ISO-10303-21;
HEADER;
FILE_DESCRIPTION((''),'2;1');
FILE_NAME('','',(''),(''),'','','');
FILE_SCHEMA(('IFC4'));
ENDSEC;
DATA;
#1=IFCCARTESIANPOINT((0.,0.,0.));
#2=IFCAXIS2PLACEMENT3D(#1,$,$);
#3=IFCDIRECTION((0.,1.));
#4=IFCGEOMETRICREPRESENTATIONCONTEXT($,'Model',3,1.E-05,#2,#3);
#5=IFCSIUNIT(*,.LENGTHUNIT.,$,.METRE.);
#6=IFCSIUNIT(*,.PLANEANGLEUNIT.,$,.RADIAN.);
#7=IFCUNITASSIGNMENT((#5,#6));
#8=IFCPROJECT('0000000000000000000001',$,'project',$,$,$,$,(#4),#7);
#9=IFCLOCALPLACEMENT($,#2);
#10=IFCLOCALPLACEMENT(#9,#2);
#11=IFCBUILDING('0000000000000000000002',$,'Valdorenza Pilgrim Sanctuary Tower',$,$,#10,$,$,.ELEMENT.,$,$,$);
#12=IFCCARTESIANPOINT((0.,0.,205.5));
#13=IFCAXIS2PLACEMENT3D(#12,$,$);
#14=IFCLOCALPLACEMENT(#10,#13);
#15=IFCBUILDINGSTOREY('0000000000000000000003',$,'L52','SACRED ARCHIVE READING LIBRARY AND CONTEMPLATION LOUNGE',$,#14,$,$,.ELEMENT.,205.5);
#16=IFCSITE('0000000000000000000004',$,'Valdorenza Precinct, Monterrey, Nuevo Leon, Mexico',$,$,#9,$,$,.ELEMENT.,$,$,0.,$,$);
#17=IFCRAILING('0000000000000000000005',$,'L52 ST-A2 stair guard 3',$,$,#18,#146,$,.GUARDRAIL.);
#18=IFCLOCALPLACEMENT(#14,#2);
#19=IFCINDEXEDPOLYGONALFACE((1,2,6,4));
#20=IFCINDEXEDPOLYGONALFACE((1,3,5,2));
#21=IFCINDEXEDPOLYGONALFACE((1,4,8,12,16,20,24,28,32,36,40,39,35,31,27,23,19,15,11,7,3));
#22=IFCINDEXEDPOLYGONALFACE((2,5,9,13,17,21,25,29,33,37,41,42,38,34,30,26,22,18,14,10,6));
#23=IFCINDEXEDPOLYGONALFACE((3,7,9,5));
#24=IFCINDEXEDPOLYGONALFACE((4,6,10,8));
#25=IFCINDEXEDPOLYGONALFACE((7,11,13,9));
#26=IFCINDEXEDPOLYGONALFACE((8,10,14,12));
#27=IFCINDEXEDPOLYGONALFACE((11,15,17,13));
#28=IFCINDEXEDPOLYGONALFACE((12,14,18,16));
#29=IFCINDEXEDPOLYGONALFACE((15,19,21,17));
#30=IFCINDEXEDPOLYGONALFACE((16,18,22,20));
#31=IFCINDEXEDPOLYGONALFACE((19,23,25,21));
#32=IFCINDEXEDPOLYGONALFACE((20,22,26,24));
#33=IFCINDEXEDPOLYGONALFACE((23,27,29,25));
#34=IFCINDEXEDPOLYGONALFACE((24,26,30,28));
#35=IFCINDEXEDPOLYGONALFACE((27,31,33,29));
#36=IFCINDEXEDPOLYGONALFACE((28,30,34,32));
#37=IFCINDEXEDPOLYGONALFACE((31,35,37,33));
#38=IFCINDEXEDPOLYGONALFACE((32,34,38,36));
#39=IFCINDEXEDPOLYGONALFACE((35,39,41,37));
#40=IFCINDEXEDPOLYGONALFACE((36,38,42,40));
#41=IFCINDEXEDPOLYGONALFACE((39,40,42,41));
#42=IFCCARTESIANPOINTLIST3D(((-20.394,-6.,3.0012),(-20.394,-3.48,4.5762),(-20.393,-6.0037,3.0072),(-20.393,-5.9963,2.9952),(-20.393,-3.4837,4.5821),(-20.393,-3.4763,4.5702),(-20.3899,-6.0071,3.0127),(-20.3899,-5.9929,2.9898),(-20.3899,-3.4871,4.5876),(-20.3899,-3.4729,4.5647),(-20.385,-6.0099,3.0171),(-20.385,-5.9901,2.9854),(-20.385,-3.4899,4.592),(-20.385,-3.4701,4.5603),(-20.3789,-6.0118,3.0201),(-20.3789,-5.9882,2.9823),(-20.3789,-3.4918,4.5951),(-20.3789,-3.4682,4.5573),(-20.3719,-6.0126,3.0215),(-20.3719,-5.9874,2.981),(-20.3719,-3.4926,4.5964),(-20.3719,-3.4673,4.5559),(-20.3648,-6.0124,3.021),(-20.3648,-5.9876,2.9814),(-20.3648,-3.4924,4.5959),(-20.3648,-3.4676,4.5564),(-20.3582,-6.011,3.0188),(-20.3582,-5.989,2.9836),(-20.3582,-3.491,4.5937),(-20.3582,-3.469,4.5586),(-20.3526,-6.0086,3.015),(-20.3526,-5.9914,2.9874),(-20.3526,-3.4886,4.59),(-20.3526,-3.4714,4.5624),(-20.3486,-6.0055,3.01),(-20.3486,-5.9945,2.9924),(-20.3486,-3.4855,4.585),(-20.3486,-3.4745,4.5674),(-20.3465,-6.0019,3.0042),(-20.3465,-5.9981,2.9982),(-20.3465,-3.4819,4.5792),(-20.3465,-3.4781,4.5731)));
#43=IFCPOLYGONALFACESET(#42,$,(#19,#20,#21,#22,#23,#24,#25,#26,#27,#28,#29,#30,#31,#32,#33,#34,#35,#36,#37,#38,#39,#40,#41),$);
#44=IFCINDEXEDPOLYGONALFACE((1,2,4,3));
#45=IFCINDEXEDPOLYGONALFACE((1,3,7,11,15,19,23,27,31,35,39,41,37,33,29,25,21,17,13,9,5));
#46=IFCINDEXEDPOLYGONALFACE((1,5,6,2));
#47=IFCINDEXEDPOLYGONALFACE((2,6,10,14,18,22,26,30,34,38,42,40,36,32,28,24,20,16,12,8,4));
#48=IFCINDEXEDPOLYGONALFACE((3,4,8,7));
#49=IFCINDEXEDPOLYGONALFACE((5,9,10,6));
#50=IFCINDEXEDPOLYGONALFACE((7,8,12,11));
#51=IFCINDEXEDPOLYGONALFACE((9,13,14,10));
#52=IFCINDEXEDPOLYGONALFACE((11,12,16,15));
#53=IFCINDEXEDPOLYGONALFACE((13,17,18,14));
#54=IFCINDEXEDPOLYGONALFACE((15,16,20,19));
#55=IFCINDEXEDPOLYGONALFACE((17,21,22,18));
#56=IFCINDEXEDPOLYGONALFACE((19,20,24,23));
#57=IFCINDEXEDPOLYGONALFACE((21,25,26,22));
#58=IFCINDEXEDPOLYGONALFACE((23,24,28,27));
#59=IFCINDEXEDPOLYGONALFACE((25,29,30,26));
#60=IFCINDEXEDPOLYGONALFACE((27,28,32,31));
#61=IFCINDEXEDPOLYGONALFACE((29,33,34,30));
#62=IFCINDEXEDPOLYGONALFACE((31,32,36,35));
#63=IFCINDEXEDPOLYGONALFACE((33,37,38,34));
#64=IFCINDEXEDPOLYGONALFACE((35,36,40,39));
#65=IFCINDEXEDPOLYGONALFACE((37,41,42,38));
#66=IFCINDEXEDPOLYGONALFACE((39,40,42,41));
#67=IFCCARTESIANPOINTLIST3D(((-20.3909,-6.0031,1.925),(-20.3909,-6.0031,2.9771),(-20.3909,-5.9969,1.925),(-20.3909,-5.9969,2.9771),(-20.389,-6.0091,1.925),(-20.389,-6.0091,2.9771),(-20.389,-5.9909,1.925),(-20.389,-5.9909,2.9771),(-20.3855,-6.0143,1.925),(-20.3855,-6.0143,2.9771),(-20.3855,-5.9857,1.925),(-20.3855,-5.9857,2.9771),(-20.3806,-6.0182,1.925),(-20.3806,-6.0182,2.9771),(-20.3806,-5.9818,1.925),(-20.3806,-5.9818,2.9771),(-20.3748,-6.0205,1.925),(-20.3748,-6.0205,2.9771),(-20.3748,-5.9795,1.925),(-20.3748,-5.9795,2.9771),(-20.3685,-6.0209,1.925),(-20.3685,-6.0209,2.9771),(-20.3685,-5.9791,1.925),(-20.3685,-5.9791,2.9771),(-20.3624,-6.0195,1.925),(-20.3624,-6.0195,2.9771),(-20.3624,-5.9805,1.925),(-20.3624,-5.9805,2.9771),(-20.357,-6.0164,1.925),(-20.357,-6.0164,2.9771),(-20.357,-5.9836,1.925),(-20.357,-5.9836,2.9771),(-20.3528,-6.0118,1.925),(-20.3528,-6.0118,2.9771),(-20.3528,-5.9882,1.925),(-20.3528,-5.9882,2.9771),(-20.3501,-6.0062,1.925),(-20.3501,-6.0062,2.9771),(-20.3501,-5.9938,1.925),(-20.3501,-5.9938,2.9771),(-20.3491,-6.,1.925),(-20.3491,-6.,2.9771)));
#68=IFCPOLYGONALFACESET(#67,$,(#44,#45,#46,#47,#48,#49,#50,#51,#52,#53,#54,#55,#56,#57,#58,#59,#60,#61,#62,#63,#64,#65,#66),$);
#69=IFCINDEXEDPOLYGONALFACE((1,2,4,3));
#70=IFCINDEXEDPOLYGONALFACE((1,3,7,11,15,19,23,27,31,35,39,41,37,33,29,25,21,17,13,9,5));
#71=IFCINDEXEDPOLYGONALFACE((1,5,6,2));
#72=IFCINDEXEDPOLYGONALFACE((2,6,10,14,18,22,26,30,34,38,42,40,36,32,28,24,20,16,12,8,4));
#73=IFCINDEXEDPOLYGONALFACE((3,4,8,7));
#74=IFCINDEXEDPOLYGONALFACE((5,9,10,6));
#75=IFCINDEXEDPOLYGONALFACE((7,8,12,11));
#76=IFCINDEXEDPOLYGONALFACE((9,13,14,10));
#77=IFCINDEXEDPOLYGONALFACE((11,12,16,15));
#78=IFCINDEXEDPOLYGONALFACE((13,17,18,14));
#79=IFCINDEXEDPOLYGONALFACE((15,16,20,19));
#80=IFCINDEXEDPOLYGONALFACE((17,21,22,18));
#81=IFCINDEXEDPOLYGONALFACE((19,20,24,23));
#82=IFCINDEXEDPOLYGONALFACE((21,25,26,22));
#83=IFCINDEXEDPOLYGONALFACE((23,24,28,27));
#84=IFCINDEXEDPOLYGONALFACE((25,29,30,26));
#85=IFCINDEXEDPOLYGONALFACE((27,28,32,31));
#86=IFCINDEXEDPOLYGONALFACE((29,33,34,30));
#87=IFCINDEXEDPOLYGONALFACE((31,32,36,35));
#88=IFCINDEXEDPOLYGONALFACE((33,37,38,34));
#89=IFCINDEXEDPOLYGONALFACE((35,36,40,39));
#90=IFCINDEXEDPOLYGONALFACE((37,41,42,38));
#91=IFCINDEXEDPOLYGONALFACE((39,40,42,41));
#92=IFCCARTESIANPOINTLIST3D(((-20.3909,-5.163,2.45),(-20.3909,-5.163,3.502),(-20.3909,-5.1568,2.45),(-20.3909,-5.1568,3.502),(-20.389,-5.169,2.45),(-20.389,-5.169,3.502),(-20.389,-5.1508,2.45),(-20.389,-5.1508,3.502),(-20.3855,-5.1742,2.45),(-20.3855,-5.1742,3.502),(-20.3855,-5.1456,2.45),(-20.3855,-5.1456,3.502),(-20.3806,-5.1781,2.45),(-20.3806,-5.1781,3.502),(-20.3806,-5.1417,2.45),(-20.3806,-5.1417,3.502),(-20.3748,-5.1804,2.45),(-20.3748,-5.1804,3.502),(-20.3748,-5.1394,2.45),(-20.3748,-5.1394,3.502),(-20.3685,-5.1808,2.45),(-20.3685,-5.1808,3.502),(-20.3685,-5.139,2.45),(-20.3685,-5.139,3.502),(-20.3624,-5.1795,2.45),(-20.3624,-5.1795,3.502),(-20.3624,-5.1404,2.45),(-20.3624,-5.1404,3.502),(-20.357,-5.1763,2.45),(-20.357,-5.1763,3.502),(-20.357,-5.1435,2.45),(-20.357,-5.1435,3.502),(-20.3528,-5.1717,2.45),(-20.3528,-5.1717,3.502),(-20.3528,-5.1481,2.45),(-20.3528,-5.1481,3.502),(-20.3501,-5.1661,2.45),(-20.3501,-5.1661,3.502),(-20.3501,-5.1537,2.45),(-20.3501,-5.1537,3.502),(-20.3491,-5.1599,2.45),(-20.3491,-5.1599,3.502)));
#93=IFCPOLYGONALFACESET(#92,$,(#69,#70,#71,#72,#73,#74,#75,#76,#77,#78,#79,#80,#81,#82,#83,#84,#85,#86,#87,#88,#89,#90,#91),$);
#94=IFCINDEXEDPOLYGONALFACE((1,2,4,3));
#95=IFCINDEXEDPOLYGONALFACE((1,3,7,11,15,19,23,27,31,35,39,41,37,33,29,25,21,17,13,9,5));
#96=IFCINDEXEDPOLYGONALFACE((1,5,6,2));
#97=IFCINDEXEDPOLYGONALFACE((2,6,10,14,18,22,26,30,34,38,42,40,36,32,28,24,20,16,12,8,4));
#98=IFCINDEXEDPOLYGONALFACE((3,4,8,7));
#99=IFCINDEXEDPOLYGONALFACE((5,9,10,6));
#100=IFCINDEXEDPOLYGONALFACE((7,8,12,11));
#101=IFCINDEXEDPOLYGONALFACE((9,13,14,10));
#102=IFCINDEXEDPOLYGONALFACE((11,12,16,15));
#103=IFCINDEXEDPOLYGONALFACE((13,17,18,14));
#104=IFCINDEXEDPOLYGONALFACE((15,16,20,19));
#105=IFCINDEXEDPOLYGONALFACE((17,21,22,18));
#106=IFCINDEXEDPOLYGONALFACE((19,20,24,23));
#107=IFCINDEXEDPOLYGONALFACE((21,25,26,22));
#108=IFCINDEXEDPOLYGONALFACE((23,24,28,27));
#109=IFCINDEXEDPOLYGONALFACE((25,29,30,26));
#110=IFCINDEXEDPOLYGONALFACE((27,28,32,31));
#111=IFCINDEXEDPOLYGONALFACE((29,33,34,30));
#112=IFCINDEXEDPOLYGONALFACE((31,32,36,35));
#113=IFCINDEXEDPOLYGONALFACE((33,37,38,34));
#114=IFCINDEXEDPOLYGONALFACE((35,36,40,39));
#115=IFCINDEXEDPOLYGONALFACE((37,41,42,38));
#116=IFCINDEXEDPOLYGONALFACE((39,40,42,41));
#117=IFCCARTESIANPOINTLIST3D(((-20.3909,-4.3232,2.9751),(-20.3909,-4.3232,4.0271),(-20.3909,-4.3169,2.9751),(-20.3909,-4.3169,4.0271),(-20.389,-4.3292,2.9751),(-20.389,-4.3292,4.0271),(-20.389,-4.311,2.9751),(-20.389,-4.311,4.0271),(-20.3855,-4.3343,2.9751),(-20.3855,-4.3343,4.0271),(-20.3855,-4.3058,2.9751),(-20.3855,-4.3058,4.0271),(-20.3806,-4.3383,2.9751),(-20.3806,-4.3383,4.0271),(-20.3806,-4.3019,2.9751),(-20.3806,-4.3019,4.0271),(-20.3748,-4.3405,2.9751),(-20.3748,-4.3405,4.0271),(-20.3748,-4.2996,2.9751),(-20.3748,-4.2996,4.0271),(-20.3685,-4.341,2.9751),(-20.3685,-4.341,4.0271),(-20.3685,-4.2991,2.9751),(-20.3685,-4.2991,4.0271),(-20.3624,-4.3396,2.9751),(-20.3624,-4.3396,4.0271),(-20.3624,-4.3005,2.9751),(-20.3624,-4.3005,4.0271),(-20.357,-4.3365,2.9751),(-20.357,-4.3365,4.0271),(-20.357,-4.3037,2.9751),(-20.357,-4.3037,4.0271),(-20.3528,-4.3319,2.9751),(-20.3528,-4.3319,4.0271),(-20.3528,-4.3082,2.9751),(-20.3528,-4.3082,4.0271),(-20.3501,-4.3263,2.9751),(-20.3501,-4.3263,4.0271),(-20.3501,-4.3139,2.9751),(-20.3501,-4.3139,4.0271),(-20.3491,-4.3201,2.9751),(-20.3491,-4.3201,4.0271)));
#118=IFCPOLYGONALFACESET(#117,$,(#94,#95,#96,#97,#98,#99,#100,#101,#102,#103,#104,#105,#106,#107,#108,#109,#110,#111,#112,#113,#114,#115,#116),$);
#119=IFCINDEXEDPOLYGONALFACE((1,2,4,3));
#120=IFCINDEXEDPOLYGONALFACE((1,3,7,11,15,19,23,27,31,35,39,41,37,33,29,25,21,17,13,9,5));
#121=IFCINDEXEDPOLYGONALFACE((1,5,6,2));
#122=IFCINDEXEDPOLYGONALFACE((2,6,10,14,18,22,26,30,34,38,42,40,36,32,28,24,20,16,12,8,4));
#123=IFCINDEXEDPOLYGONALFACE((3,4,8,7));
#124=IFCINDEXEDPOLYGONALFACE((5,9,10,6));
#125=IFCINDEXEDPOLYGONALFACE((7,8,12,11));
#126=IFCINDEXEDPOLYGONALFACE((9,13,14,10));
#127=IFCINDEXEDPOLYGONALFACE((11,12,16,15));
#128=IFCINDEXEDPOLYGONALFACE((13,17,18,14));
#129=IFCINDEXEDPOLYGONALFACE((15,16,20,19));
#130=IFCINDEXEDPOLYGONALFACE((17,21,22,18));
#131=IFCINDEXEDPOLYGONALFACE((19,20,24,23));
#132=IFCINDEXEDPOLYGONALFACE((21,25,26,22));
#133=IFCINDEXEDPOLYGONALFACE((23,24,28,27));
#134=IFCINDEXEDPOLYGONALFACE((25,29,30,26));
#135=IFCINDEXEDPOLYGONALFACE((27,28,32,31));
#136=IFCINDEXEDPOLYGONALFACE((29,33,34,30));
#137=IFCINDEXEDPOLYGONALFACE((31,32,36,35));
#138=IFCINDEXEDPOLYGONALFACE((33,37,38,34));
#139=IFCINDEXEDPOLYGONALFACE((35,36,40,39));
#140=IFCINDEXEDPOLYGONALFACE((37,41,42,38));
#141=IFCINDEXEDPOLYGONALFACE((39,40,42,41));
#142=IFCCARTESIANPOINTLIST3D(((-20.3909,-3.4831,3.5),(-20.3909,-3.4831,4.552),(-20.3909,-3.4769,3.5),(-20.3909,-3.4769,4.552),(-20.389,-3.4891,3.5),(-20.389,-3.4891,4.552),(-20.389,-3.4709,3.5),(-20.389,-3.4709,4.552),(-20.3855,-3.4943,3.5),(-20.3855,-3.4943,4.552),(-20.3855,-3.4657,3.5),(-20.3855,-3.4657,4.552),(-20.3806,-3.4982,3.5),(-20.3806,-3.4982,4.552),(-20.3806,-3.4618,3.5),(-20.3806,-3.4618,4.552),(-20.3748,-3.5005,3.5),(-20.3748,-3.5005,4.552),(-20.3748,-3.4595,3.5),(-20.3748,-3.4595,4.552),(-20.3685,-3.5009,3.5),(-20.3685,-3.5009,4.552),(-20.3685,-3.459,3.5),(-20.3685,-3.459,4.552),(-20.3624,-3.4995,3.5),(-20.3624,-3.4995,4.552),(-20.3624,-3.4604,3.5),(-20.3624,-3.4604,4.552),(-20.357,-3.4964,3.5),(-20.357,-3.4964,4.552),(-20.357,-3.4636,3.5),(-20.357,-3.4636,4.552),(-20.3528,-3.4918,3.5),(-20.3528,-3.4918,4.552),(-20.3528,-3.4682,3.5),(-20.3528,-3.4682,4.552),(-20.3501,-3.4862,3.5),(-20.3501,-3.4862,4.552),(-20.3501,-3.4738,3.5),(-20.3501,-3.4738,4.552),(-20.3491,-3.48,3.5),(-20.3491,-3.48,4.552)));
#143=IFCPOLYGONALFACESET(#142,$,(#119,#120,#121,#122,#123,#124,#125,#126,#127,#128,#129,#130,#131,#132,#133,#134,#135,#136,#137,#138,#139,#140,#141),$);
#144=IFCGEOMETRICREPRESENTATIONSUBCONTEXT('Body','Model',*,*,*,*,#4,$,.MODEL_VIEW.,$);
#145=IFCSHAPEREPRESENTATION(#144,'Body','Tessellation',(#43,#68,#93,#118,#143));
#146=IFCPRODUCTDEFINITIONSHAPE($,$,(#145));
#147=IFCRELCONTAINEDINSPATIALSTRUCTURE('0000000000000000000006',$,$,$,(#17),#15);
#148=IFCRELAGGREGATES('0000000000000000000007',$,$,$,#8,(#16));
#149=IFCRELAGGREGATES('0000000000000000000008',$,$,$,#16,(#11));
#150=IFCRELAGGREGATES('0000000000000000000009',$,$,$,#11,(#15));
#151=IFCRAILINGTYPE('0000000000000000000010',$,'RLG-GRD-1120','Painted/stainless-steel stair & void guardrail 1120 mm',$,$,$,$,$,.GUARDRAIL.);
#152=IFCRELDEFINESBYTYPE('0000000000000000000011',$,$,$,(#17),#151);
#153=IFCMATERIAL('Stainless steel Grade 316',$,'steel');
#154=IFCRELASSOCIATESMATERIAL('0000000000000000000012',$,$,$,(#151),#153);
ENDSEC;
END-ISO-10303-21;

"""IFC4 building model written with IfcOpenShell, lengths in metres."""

from ifc_helpers import new_model, si_unit, direction, frame, origin, origin_2d, place, context, subcontext, project, spatial, circle, extrude, material, type_object, element, save


model = new_model("IFC4")

# Units and contexts
model_context = context("Model", 3, precision=1e-05, world=origin(), true_north=direction((0.0, 1.0)))
body_context = subcontext(model_context, "Body", "Model", "MODEL_VIEW")
ifc_project = project(units=[si_unit("LENGTHUNIT", "METRE"), si_unit("PLANEANGLEUNIT", "RADIAN")], contexts=[model_context])

# Site, building, storey
site_placement = place(None, origin())
site = spatial("IfcSite", under=ifc_project, at=site_placement, Name="Valdorenza Precinct, Monterrey, Nuevo Leon, Mexico", CompositionType="ELEMENT", RefElevation=0.0)
building_placement = place(site_placement, origin())
building = spatial("IfcBuilding", under=site, at=building_placement, Name="Valdorenza Pilgrim Sanctuary Tower", CompositionType="ELEMENT")
storey_placement = place(building_placement, frame((0.0, 0.0, 205.5)))
storey = spatial("IfcBuildingStorey", under=building, at=storey_placement, Name="L52", Description="SACRED ARCHIVE READING LIBRARY AND CONTEMPLATION LOUNGE", CompositionType="ELEMENT", Elevation=205.5)

# Railing
ifc_material_1 = material(Name="Stainless steel Grade 316", Category="steel")
railing_type_1 = type_object("IfcRailingType", Name="RLG-GRD-1120", Description="Painted/stainless-steel stair & void guardrail 1120 mm", PredefinedType="GUARDRAIL", material=ifc_material_1)
railing_1_placement = place(storey_placement, frame((-20.3701, -6.0, 1.925)))
element("IfcRailing", 1, at=railing_1_placement, inside=storey, type_object=railing_type_1, Name="L52 ST-A2 stair guard 3", PredefinedType="GUARDRAIL", context=body_context, shape_type="SweptSolid", body=[
    extrude(circle(Radius=0.0239, at=origin_2d()), frame((0.0, 0.0, 1.0762), z_axis=(0.0, 0.848008, 0.529984), x_axis=(-1.0, 0.0, 0.0)), (0.0, 0.0, 1.0), 2.9717),
    extrude(circle(Radius=0.021, at=origin_2d()), origin(), (0.0, 0.0, 1.0), 1.052),
    extrude(circle(Radius=0.021, at=origin_2d()), frame((0.0, 0.8401, 0.5249)), (0.0, 0.0, 1.0), 1.052),
    extrude(circle(Radius=0.021, at=origin_2d()), frame((0.0, 1.6799, 1.05)), (0.0, 0.0, 1.0), 1.052),
    extrude(circle(Radius=0.021, at=origin_2d()), frame((0.0, 2.52, 1.575)), (0.0, 0.0, 1.0), 1.052),
])

save(model, "model.ifc")
